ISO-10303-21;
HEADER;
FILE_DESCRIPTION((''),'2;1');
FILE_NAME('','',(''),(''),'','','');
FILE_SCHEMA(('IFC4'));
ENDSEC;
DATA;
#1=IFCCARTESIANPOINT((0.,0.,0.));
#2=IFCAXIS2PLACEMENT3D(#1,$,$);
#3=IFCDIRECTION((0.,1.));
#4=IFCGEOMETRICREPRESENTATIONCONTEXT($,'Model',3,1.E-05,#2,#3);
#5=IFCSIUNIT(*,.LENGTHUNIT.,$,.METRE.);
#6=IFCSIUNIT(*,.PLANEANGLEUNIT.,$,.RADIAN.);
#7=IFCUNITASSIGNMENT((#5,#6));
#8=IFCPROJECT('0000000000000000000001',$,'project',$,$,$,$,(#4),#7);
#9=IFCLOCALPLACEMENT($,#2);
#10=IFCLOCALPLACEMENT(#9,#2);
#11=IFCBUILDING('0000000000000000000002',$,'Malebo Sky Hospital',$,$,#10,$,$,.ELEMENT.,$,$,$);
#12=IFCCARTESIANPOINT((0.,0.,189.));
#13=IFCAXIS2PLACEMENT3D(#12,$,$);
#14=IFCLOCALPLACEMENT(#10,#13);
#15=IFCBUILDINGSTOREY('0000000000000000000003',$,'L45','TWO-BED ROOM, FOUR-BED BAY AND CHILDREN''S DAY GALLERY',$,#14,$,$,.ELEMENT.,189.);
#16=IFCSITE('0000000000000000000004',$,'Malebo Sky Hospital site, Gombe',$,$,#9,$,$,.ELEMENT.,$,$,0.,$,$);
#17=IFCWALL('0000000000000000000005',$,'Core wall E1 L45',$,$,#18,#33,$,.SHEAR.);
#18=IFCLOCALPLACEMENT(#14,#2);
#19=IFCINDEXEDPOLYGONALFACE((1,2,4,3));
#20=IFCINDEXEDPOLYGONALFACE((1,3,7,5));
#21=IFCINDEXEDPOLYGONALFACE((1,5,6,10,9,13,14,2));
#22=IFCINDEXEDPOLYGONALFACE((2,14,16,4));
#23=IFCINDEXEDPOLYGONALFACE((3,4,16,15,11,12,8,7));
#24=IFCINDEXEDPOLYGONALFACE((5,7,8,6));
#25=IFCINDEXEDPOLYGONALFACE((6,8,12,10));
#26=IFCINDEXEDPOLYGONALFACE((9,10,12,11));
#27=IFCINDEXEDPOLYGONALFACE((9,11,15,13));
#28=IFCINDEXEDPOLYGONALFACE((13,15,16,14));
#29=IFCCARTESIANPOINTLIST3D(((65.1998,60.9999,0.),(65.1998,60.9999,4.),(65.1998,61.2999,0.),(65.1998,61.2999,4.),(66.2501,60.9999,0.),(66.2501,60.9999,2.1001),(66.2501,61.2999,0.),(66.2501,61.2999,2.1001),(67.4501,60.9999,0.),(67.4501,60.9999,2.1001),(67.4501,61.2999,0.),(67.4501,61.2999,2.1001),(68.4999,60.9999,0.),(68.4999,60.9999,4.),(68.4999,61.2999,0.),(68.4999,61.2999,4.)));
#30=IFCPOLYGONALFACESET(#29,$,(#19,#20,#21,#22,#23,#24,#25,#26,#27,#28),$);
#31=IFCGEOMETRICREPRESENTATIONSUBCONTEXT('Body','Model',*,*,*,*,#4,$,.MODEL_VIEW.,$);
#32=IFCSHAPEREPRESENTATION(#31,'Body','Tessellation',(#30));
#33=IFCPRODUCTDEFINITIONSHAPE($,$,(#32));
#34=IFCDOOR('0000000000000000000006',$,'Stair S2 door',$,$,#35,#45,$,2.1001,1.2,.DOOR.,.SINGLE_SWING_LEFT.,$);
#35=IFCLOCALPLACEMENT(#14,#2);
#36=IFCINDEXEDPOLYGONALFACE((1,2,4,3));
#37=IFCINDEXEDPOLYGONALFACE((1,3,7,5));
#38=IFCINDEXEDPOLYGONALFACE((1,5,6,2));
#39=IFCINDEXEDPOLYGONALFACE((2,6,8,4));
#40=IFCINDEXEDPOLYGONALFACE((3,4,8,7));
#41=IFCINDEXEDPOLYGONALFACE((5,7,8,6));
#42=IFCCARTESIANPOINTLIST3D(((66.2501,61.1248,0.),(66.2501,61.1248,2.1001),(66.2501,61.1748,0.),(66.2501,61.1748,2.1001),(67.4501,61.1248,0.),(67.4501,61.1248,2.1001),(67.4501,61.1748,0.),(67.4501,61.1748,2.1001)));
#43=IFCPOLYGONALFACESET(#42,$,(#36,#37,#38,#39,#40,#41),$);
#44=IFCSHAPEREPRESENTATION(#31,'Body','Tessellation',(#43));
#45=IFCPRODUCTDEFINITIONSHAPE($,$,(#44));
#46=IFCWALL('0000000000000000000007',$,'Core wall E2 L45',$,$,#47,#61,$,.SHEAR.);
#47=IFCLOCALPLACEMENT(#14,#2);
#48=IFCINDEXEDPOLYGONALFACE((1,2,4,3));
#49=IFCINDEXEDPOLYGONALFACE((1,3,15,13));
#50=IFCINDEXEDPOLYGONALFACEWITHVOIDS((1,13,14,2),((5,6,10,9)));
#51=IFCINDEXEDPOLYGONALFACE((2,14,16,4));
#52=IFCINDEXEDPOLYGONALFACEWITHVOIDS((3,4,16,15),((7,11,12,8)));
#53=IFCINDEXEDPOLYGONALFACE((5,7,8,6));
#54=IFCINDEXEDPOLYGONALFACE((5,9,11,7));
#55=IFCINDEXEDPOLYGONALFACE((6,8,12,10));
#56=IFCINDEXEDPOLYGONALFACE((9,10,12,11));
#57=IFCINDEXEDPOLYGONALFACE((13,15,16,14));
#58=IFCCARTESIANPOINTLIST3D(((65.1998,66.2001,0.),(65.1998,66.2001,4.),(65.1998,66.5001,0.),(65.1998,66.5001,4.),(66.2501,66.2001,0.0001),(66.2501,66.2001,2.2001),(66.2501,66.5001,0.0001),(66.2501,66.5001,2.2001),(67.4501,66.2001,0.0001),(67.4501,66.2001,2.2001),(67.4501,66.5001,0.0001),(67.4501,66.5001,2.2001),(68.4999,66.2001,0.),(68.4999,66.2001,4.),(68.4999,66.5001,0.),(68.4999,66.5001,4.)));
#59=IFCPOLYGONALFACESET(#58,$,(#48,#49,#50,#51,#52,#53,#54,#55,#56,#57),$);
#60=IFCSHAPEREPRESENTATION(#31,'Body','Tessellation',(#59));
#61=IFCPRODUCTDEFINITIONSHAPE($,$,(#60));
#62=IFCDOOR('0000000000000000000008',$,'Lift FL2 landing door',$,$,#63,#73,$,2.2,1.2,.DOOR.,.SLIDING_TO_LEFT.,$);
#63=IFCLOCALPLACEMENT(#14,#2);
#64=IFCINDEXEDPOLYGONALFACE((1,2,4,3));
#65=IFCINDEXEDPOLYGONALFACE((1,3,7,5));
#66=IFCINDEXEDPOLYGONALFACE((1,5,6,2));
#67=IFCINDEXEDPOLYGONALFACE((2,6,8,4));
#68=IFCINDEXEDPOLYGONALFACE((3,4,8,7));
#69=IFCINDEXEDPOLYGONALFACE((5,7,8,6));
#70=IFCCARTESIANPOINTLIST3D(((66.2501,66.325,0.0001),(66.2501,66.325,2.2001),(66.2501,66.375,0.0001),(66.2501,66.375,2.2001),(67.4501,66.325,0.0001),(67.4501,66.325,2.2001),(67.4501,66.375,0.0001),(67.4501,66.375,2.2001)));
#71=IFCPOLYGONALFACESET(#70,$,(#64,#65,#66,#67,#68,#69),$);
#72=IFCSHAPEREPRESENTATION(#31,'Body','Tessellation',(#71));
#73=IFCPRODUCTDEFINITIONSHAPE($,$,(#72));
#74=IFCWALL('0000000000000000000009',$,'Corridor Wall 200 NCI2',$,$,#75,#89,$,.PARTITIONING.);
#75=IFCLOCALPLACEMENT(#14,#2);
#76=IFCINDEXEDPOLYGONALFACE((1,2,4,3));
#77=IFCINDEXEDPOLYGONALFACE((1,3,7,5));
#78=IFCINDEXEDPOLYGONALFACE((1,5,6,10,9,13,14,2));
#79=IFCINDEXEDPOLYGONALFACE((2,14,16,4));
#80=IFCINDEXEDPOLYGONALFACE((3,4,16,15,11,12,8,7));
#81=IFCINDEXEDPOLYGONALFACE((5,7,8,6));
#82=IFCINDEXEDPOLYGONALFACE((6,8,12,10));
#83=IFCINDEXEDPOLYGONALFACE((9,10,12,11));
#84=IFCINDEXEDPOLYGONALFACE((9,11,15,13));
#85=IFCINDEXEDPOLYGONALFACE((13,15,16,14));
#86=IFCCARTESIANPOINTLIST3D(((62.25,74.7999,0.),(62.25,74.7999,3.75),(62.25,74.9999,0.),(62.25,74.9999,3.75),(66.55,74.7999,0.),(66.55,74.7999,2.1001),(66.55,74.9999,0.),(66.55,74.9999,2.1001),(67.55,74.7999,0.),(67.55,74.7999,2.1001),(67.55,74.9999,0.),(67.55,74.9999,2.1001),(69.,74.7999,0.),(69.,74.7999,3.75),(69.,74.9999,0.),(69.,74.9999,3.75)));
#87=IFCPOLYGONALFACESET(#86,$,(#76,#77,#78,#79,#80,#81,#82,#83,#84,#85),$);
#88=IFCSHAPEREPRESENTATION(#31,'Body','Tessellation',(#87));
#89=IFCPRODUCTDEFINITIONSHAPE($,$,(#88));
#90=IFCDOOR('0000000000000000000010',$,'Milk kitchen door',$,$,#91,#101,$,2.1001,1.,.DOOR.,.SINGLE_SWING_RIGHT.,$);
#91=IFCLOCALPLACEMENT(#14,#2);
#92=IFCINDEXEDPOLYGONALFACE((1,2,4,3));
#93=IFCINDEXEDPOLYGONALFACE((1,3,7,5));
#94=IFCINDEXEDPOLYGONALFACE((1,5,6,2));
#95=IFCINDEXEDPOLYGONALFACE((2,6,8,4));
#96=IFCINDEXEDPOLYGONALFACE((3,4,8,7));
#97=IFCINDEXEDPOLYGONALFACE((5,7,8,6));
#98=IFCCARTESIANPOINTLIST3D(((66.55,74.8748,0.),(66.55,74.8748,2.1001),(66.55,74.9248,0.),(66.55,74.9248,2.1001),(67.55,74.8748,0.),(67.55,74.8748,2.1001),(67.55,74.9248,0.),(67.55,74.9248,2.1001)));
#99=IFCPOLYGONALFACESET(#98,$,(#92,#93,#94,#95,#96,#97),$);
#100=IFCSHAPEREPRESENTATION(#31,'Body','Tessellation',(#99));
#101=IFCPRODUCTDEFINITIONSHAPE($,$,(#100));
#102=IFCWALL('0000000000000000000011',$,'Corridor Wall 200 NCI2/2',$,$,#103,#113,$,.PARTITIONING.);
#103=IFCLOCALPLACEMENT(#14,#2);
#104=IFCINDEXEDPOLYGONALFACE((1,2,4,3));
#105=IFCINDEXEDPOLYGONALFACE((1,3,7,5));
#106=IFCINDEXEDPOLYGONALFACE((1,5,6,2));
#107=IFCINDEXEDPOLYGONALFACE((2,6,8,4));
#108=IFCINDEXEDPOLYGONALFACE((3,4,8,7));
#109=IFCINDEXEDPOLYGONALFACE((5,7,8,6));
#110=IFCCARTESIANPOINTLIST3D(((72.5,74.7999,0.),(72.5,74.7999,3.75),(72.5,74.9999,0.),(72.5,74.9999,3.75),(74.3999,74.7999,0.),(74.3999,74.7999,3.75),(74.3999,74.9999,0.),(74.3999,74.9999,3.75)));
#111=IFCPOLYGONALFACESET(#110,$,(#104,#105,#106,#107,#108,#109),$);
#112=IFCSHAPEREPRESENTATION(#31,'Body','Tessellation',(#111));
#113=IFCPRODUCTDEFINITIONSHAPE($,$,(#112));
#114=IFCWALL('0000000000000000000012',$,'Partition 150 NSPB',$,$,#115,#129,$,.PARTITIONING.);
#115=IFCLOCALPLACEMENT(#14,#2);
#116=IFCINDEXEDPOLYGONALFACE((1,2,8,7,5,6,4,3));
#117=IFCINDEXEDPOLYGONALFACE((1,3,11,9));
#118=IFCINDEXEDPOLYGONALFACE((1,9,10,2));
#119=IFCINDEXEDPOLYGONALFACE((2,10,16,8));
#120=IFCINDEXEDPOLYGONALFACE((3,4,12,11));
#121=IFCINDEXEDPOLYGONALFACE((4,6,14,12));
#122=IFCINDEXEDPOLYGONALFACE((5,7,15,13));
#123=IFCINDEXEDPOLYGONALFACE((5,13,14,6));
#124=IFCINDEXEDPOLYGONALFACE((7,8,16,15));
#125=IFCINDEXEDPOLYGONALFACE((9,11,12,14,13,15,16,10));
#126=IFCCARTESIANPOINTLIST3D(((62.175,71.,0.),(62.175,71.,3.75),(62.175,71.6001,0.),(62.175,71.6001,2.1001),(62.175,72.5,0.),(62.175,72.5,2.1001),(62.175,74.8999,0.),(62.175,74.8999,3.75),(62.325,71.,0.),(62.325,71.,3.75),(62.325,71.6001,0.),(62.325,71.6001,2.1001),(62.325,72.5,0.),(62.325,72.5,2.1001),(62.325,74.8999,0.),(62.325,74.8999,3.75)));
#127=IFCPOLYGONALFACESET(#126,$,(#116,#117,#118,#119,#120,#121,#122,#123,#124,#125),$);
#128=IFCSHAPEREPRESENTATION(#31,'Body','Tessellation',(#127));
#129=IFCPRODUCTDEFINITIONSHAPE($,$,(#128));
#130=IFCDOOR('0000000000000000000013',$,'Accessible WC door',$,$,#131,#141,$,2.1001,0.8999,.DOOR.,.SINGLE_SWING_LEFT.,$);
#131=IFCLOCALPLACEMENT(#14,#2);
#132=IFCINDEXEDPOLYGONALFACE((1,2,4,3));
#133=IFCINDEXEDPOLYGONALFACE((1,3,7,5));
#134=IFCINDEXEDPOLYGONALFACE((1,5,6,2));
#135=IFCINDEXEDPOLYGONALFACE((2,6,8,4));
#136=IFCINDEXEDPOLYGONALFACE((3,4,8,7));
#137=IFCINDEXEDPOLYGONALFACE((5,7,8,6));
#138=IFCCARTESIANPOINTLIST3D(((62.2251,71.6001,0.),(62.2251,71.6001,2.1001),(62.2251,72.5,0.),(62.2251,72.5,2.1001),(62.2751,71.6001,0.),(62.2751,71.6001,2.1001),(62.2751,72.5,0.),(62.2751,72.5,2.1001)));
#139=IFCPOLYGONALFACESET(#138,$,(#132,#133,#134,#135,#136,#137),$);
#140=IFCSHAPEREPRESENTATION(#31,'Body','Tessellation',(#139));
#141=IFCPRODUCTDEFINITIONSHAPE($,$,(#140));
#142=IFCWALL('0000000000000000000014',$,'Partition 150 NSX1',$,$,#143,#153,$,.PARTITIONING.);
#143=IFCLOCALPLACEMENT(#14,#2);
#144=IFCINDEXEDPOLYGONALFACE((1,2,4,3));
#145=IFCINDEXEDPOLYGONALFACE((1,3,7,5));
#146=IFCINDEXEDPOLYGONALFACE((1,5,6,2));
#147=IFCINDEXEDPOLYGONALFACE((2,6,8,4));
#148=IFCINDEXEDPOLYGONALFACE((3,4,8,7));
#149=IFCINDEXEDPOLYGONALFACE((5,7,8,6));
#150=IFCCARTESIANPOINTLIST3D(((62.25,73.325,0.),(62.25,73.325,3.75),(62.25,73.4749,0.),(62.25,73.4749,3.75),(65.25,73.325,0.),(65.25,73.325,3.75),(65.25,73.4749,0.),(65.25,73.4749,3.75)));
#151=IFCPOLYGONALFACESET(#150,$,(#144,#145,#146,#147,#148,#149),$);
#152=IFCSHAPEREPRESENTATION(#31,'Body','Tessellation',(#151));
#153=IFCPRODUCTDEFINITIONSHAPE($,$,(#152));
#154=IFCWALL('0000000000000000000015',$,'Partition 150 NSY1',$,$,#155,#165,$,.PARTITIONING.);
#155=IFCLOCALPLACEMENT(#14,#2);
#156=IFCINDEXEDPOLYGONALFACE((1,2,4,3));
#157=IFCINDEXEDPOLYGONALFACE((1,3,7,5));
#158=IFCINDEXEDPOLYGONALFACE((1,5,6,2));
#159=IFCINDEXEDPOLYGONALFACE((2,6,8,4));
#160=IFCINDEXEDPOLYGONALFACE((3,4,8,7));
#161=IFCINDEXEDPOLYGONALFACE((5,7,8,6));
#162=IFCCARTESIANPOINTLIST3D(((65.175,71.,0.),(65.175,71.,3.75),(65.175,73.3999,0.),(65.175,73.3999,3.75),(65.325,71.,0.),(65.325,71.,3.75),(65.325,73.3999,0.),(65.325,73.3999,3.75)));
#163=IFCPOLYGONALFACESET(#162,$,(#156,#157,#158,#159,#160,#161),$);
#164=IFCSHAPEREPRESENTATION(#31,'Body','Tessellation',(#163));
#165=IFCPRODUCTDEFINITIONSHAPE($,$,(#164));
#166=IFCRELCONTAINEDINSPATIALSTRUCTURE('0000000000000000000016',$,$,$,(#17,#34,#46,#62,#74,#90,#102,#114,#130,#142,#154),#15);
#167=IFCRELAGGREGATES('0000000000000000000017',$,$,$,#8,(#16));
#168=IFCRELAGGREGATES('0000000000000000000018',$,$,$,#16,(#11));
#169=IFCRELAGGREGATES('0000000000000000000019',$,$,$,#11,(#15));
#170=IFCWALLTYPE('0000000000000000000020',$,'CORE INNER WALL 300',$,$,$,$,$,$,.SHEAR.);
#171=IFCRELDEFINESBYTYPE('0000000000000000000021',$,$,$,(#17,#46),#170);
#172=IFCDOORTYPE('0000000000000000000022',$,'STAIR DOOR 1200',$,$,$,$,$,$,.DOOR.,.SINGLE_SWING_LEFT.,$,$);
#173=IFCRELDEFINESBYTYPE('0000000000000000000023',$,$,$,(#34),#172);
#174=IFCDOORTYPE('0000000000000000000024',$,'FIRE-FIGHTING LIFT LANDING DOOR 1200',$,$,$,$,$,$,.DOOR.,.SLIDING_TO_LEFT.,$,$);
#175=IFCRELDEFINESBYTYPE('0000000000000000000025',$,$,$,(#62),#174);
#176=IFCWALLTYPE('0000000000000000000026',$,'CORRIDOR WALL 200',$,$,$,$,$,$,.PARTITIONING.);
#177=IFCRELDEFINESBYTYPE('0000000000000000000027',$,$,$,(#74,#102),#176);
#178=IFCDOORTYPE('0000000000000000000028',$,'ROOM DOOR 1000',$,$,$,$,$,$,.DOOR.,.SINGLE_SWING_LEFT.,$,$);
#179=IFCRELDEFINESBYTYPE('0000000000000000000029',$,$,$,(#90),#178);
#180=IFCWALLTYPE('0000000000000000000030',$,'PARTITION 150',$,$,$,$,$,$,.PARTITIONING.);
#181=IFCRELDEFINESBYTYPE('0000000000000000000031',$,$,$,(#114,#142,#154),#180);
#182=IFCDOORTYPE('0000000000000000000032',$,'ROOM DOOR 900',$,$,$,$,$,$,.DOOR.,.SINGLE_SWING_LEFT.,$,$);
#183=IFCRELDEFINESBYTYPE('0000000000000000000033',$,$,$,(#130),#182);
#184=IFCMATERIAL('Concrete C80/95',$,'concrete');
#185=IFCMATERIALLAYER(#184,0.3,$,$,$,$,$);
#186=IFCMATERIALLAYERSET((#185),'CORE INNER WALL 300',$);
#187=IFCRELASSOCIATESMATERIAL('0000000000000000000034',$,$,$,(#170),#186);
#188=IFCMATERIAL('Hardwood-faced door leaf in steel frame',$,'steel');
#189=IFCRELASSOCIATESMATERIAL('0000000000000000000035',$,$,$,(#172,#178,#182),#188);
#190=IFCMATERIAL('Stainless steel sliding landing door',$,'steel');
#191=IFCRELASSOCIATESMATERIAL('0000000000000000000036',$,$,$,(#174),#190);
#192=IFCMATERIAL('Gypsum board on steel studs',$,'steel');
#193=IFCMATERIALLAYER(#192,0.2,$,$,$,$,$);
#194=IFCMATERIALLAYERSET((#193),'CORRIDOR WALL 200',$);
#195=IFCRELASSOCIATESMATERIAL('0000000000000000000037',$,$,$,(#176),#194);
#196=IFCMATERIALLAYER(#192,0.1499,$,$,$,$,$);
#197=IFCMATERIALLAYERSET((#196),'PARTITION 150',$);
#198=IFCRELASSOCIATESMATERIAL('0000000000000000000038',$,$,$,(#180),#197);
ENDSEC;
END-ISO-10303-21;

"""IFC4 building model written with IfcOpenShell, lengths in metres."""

from ifc_helpers import new_model, si_unit, direction, frame, frame_2d, origin, place, context, subcontext, project, spatial, rectangle, extrude, material, layer, layer_set, type_object, element, fill, save


model = new_model("IFC4")

# Units and contexts
model_context = context("Model", 3, precision=1e-05, world=origin(), true_north=direction((0.0, 1.0)))
body_context = subcontext(model_context, "Body", "Model", "MODEL_VIEW")
ifc_project = project(units=[si_unit("LENGTHUNIT", "METRE"), si_unit("PLANEANGLEUNIT", "RADIAN")], contexts=[model_context])

# Site, building, storey
site_placement = place(None, origin())
site = spatial("IfcSite", under=ifc_project, at=site_placement, Name="Malebo Sky Hospital site, Gombe", CompositionType="ELEMENT", RefElevation=0.0)
building_placement = place(site_placement, origin())
building = spatial("IfcBuilding", under=site, at=building_placement, Name="Malebo Sky Hospital", CompositionType="ELEMENT")
storey_placement = place(building_placement, frame((0.0, 0.0, 189.0)))
storey = spatial("IfcBuildingStorey", under=building, at=storey_placement, Name="L45", Description="TWO-BED ROOM, FOUR-BED BAY AND CHILDREN'S DAY GALLERY", CompositionType="ELEMENT", Elevation=189.0)

# Shared definitions
ifc_material_1 = material(Name="Concrete C80/95", Category="concrete")

# Walls, openings, doors
ifc_layer_1 = layer(ifc_material_1, 0.3)
ifc_layer_set_1 = layer_set([ifc_layer_1], Name="CORE INNER WALL 300")
wall_type_1 = type_object("IfcWallType", Name="CORE INNER WALL 300", PredefinedType="SHEAR", material=ifc_layer_set_1)
wall_1_placement = place(storey_placement, frame((65.2, 61.1499, 0.0), z_axis=(0.0, 0.0, 1.0), x_axis=(1.0, 0.0, 0.0)))
wall_1 = element("IfcWall", 1, at=wall_1_placement, inside=storey, type_object=wall_type_1, Name="Core wall E1 L45", PredefinedType="SHEAR", context=body_context, shape_type="SweptSolid", body=[
    extrude(rectangle(XDim=3.3, YDim=0.3, at=frame_2d((1.6499, 0.0))), origin(), (0.0, 0.0, 1.0), 4.0),
])
opening_1_placement = place(wall_1_placement, frame((1.05, 0.0, 0.0)))
opening_1 = element("IfcOpeningElement", 2, at=opening_1_placement, cuts=wall_1, PredefinedType="OPENING", context=body_context, shape_type="SweptSolid", body=[
    extrude(rectangle(XDim=1.2, YDim=2.1001, at=frame_2d((0.6001, 1.05))), frame((0.0, 0.1599, 0.0), z_axis=(0.0, -1.0, 0.0), x_axis=(1.0, 0.0, 0.0)), (0.0, 0.0, 1.0), 0.3201),
])
ifc_material_2 = material(Name="Hardwood-faced door leaf in steel frame", Category="steel")
door_type_1 = type_object("IfcDoorType", Name="STAIR DOOR 1200", OperationType="SINGLE_SWING_LEFT", PredefinedType="DOOR", material=ifc_material_2)
door_1_placement = place(opening_1_placement, origin())
door_1 = element("IfcDoor", 3, at=door_1_placement, inside=storey, type_object=door_type_1, Name="Stair S2 door", OperationType="SINGLE_SWING_LEFT", OverallHeight=2.1001, OverallWidth=1.2, PredefinedType="DOOR", context=body_context, shape_type="SweptSolid", body=[
    extrude(rectangle(XDim=1.2, YDim=2.1001, at=frame_2d((0.6001, 1.05))), frame((0.0, 0.0249, 0.0), z_axis=(0.0, -1.0, 0.0), x_axis=(1.0, 0.0, 0.0)), (0.0, 0.0, 1.0), 0.05),
])
fill(opening_1, door_1)
wall_2_placement = place(storey_placement, frame((65.2, 66.3501, 0.0), z_axis=(0.0, 0.0, 1.0), x_axis=(1.0, 0.0, 0.0)))
wall_2 = element("IfcWall", 4, at=wall_2_placement, inside=storey, type_object=wall_type_1, Name="Core wall E2 L45", PredefinedType="SHEAR", context=body_context, shape_type="SweptSolid", body=[
    extrude(rectangle(XDim=3.3, YDim=0.3, at=frame_2d((1.6499, 0.0))), origin(), (0.0, 0.0, 1.0), 4.0),
])
opening_2_placement = place(wall_2_placement, frame((1.05, 0.0, 0.0)))
opening_2 = element("IfcOpeningElement", 5, at=opening_2_placement, cuts=wall_2, PredefinedType="OPENING", context=body_context, shape_type="SweptSolid", body=[
    extrude(rectangle(XDim=1.2, YDim=2.2, at=frame_2d((0.6001, 1.1001))), frame((0.0, 0.1599, 0.0), z_axis=(0.0, -1.0, 0.0), x_axis=(1.0, 0.0, 0.0)), (0.0, 0.0, 1.0), 0.3201),
])
ifc_material_3 = material(Name="Stainless steel sliding landing door", Category="steel")
door_type_2 = type_object("IfcDoorType", Name="FIRE-FIGHTING LIFT LANDING DOOR 1200", OperationType="SLIDING_TO_LEFT", PredefinedType="DOOR", material=ifc_material_3)
door_2_placement = place(opening_2_placement, origin())
door_2 = element("IfcDoor", 6, at=door_2_placement, inside=storey, type_object=door_type_2, Name="Lift FL2 landing door", OperationType="SLIDING_TO_LEFT", OverallHeight=2.2, OverallWidth=1.2, PredefinedType="DOOR", context=body_context, shape_type="SweptSolid", body=[
    extrude(rectangle(XDim=1.2, YDim=2.2, at=frame_2d((0.6001, 1.1001))), frame((0.0, 0.0249, 0.0), z_axis=(0.0, -1.0, 0.0), x_axis=(1.0, 0.0, 0.0)), (0.0, 0.0, 1.0), 0.05),
])
fill(opening_2, door_2)
ifc_material_4 = material(Name="Gypsum board on steel studs", Category="steel")
ifc_layer_2 = layer(ifc_material_4, 0.2)
ifc_layer_set_2 = layer_set([ifc_layer_2], Name="CORRIDOR WALL 200")
wall_type_2 = type_object("IfcWallType", Name="CORRIDOR WALL 200", PredefinedType="PARTITIONING", material=ifc_layer_set_2)
wall_3_placement = place(storey_placement, frame((62.25, 74.8999, 0.0), z_axis=(0.0, 0.0, 1.0), x_axis=(1.0, 0.0, 0.0)))
wall_3 = element("IfcWall", 7, at=wall_3_placement, inside=storey, type_object=wall_type_2, Name="Corridor Wall 200 NCI2", PredefinedType="PARTITIONING", context=body_context, shape_type="SweptSolid", body=[
    extrude(rectangle(XDim=6.75, YDim=0.2, at=frame_2d((3.375, 0.0))), origin(), (0.0, 0.0, 1.0), 3.75),
])
opening_3_placement = place(wall_3_placement, frame((4.3, 0.0, 0.0)))
opening_3 = element("IfcOpeningElement", 8, at=opening_3_placement, cuts=wall_3, PredefinedType="OPENING", context=body_context, shape_type="SweptSolid", body=[
    extrude(rectangle(XDim=1.0, YDim=2.1001, at=frame_2d((0.5, 1.05))), frame((0.0, 0.1099, 0.0), z_axis=(0.0, -1.0, 0.0), x_axis=(1.0, 0.0, 0.0)), (0.0, 0.0, 1.0), 0.22),
])
door_type_3 = type_object("IfcDoorType", Name="ROOM DOOR 1000", OperationType="SINGLE_SWING_LEFT", PredefinedType="DOOR", material=ifc_material_2)
door_3_placement = place(opening_3_placement, origin())
door_3 = element("IfcDoor", 9, at=door_3_placement, inside=storey, type_object=door_type_3, Name="Milk kitchen door", OperationType="SINGLE_SWING_RIGHT", OverallHeight=2.1001, OverallWidth=1.0, PredefinedType="DOOR", context=body_context, shape_type="SweptSolid", body=[
    extrude(rectangle(XDim=1.0, YDim=2.1001, at=frame_2d((0.5, 1.05))), frame((0.0, 0.0249, 0.0), z_axis=(0.0, -1.0, 0.0), x_axis=(1.0, 0.0, 0.0)), (0.0, 0.0, 1.0), 0.05),
])
fill(opening_3, door_3)

# Wall
wall_4_placement = place(storey_placement, frame((72.5, 74.8999, 0.0), z_axis=(0.0, 0.0, 1.0), x_axis=(1.0, 0.0, 0.0)))
element("IfcWall", 10, at=wall_4_placement, inside=storey, type_object=wall_type_2, Name="Corridor Wall 200 NCI2/2", PredefinedType="PARTITIONING", context=body_context, shape_type="SweptSolid", body=[
    extrude(rectangle(XDim=1.8999, YDim=0.2, at=frame_2d((0.95, 0.0))), origin(), (0.0, 0.0, 1.0), 3.75),
])

# Wall, opening, door
ifc_layer_3 = layer(ifc_material_4, 0.1499)
ifc_layer_set_3 = layer_set([ifc_layer_3], Name="PARTITION 150")
wall_type_3 = type_object("IfcWallType", Name="PARTITION 150", PredefinedType="PARTITIONING", material=ifc_layer_set_3)
wall_5_placement = place(storey_placement, frame((62.25, 71.0, 0.0), z_axis=(0.0, 0.0, 1.0), x_axis=(0.0, 1.0, 0.0)))
wall_5 = element("IfcWall", 11, at=wall_5_placement, inside=storey, type_object=wall_type_3, Name="Partition 150 NSPB", PredefinedType="PARTITIONING", context=body_context, shape_type="SweptSolid", body=[
    extrude(rectangle(XDim=3.8999, YDim=0.1499, at=frame_2d((1.95, 0.0))), origin(), (0.0, 0.0, 1.0), 3.75),
])
opening_4_placement = place(wall_5_placement, frame((0.6001, 0.0, 0.0)))
opening_4 = element("IfcOpeningElement", 12, at=opening_4_placement, cuts=wall_5, PredefinedType="OPENING", context=body_context, shape_type="SweptSolid", body=[
    extrude(rectangle(XDim=0.8999, YDim=2.1001, at=frame_2d((0.45, 1.05))), frame((0.0, 0.085, 0.0), z_axis=(0.0, -1.0, 0.0), x_axis=(1.0, 0.0, 0.0)), (0.0, 0.0, 1.0), 0.1699),
])
door_type_4 = type_object("IfcDoorType", Name="ROOM DOOR 900", OperationType="SINGLE_SWING_LEFT", PredefinedType="DOOR", material=ifc_material_2)
door_4_placement = place(opening_4_placement, origin())
door_4 = element("IfcDoor", 13, at=door_4_placement, inside=storey, type_object=door_type_4, Name="Accessible WC door", OperationType="SINGLE_SWING_LEFT", OverallHeight=2.1001, OverallWidth=0.8999, PredefinedType="DOOR", context=body_context, shape_type="SweptSolid", body=[
    extrude(rectangle(XDim=0.8999, YDim=2.1001, at=frame_2d((0.45, 1.05))), frame((0.0, 0.0249, 0.0), z_axis=(0.0, -1.0, 0.0), x_axis=(1.0, 0.0, 0.0)), (0.0, 0.0, 1.0), 0.05),
])
fill(opening_4, door_4)

# Walls
wall_6_placement = place(storey_placement, frame((62.25, 73.3999, 0.0), z_axis=(0.0, 0.0, 1.0), x_axis=(1.0, 0.0, 0.0)))
element("IfcWall", 14, at=wall_6_placement, inside=storey, type_object=wall_type_3, Name="Partition 150 NSX1", PredefinedType="PARTITIONING", context=body_context, shape_type="SweptSolid", body=[
    extrude(rectangle(XDim=3.0, YDim=0.1499, at=frame_2d((1.5, 0.0))), origin(), (0.0, 0.0, 1.0), 3.75),
])
wall_7_placement = place(storey_placement, frame((65.25, 71.0, 0.0), z_axis=(0.0, 0.0, 1.0), x_axis=(0.0, 1.0, 0.0)))
element("IfcWall", 15, at=wall_7_placement, inside=storey, type_object=wall_type_3, Name="Partition 150 NSY1", PredefinedType="PARTITIONING", context=body_context, shape_type="SweptSolid", body=[
    extrude(rectangle(XDim=2.3999, YDim=0.1499, at=frame_2d((1.2, 0.0))), origin(), (0.0, 0.0, 1.0), 3.75),
])

save(model, "model.ifc")
